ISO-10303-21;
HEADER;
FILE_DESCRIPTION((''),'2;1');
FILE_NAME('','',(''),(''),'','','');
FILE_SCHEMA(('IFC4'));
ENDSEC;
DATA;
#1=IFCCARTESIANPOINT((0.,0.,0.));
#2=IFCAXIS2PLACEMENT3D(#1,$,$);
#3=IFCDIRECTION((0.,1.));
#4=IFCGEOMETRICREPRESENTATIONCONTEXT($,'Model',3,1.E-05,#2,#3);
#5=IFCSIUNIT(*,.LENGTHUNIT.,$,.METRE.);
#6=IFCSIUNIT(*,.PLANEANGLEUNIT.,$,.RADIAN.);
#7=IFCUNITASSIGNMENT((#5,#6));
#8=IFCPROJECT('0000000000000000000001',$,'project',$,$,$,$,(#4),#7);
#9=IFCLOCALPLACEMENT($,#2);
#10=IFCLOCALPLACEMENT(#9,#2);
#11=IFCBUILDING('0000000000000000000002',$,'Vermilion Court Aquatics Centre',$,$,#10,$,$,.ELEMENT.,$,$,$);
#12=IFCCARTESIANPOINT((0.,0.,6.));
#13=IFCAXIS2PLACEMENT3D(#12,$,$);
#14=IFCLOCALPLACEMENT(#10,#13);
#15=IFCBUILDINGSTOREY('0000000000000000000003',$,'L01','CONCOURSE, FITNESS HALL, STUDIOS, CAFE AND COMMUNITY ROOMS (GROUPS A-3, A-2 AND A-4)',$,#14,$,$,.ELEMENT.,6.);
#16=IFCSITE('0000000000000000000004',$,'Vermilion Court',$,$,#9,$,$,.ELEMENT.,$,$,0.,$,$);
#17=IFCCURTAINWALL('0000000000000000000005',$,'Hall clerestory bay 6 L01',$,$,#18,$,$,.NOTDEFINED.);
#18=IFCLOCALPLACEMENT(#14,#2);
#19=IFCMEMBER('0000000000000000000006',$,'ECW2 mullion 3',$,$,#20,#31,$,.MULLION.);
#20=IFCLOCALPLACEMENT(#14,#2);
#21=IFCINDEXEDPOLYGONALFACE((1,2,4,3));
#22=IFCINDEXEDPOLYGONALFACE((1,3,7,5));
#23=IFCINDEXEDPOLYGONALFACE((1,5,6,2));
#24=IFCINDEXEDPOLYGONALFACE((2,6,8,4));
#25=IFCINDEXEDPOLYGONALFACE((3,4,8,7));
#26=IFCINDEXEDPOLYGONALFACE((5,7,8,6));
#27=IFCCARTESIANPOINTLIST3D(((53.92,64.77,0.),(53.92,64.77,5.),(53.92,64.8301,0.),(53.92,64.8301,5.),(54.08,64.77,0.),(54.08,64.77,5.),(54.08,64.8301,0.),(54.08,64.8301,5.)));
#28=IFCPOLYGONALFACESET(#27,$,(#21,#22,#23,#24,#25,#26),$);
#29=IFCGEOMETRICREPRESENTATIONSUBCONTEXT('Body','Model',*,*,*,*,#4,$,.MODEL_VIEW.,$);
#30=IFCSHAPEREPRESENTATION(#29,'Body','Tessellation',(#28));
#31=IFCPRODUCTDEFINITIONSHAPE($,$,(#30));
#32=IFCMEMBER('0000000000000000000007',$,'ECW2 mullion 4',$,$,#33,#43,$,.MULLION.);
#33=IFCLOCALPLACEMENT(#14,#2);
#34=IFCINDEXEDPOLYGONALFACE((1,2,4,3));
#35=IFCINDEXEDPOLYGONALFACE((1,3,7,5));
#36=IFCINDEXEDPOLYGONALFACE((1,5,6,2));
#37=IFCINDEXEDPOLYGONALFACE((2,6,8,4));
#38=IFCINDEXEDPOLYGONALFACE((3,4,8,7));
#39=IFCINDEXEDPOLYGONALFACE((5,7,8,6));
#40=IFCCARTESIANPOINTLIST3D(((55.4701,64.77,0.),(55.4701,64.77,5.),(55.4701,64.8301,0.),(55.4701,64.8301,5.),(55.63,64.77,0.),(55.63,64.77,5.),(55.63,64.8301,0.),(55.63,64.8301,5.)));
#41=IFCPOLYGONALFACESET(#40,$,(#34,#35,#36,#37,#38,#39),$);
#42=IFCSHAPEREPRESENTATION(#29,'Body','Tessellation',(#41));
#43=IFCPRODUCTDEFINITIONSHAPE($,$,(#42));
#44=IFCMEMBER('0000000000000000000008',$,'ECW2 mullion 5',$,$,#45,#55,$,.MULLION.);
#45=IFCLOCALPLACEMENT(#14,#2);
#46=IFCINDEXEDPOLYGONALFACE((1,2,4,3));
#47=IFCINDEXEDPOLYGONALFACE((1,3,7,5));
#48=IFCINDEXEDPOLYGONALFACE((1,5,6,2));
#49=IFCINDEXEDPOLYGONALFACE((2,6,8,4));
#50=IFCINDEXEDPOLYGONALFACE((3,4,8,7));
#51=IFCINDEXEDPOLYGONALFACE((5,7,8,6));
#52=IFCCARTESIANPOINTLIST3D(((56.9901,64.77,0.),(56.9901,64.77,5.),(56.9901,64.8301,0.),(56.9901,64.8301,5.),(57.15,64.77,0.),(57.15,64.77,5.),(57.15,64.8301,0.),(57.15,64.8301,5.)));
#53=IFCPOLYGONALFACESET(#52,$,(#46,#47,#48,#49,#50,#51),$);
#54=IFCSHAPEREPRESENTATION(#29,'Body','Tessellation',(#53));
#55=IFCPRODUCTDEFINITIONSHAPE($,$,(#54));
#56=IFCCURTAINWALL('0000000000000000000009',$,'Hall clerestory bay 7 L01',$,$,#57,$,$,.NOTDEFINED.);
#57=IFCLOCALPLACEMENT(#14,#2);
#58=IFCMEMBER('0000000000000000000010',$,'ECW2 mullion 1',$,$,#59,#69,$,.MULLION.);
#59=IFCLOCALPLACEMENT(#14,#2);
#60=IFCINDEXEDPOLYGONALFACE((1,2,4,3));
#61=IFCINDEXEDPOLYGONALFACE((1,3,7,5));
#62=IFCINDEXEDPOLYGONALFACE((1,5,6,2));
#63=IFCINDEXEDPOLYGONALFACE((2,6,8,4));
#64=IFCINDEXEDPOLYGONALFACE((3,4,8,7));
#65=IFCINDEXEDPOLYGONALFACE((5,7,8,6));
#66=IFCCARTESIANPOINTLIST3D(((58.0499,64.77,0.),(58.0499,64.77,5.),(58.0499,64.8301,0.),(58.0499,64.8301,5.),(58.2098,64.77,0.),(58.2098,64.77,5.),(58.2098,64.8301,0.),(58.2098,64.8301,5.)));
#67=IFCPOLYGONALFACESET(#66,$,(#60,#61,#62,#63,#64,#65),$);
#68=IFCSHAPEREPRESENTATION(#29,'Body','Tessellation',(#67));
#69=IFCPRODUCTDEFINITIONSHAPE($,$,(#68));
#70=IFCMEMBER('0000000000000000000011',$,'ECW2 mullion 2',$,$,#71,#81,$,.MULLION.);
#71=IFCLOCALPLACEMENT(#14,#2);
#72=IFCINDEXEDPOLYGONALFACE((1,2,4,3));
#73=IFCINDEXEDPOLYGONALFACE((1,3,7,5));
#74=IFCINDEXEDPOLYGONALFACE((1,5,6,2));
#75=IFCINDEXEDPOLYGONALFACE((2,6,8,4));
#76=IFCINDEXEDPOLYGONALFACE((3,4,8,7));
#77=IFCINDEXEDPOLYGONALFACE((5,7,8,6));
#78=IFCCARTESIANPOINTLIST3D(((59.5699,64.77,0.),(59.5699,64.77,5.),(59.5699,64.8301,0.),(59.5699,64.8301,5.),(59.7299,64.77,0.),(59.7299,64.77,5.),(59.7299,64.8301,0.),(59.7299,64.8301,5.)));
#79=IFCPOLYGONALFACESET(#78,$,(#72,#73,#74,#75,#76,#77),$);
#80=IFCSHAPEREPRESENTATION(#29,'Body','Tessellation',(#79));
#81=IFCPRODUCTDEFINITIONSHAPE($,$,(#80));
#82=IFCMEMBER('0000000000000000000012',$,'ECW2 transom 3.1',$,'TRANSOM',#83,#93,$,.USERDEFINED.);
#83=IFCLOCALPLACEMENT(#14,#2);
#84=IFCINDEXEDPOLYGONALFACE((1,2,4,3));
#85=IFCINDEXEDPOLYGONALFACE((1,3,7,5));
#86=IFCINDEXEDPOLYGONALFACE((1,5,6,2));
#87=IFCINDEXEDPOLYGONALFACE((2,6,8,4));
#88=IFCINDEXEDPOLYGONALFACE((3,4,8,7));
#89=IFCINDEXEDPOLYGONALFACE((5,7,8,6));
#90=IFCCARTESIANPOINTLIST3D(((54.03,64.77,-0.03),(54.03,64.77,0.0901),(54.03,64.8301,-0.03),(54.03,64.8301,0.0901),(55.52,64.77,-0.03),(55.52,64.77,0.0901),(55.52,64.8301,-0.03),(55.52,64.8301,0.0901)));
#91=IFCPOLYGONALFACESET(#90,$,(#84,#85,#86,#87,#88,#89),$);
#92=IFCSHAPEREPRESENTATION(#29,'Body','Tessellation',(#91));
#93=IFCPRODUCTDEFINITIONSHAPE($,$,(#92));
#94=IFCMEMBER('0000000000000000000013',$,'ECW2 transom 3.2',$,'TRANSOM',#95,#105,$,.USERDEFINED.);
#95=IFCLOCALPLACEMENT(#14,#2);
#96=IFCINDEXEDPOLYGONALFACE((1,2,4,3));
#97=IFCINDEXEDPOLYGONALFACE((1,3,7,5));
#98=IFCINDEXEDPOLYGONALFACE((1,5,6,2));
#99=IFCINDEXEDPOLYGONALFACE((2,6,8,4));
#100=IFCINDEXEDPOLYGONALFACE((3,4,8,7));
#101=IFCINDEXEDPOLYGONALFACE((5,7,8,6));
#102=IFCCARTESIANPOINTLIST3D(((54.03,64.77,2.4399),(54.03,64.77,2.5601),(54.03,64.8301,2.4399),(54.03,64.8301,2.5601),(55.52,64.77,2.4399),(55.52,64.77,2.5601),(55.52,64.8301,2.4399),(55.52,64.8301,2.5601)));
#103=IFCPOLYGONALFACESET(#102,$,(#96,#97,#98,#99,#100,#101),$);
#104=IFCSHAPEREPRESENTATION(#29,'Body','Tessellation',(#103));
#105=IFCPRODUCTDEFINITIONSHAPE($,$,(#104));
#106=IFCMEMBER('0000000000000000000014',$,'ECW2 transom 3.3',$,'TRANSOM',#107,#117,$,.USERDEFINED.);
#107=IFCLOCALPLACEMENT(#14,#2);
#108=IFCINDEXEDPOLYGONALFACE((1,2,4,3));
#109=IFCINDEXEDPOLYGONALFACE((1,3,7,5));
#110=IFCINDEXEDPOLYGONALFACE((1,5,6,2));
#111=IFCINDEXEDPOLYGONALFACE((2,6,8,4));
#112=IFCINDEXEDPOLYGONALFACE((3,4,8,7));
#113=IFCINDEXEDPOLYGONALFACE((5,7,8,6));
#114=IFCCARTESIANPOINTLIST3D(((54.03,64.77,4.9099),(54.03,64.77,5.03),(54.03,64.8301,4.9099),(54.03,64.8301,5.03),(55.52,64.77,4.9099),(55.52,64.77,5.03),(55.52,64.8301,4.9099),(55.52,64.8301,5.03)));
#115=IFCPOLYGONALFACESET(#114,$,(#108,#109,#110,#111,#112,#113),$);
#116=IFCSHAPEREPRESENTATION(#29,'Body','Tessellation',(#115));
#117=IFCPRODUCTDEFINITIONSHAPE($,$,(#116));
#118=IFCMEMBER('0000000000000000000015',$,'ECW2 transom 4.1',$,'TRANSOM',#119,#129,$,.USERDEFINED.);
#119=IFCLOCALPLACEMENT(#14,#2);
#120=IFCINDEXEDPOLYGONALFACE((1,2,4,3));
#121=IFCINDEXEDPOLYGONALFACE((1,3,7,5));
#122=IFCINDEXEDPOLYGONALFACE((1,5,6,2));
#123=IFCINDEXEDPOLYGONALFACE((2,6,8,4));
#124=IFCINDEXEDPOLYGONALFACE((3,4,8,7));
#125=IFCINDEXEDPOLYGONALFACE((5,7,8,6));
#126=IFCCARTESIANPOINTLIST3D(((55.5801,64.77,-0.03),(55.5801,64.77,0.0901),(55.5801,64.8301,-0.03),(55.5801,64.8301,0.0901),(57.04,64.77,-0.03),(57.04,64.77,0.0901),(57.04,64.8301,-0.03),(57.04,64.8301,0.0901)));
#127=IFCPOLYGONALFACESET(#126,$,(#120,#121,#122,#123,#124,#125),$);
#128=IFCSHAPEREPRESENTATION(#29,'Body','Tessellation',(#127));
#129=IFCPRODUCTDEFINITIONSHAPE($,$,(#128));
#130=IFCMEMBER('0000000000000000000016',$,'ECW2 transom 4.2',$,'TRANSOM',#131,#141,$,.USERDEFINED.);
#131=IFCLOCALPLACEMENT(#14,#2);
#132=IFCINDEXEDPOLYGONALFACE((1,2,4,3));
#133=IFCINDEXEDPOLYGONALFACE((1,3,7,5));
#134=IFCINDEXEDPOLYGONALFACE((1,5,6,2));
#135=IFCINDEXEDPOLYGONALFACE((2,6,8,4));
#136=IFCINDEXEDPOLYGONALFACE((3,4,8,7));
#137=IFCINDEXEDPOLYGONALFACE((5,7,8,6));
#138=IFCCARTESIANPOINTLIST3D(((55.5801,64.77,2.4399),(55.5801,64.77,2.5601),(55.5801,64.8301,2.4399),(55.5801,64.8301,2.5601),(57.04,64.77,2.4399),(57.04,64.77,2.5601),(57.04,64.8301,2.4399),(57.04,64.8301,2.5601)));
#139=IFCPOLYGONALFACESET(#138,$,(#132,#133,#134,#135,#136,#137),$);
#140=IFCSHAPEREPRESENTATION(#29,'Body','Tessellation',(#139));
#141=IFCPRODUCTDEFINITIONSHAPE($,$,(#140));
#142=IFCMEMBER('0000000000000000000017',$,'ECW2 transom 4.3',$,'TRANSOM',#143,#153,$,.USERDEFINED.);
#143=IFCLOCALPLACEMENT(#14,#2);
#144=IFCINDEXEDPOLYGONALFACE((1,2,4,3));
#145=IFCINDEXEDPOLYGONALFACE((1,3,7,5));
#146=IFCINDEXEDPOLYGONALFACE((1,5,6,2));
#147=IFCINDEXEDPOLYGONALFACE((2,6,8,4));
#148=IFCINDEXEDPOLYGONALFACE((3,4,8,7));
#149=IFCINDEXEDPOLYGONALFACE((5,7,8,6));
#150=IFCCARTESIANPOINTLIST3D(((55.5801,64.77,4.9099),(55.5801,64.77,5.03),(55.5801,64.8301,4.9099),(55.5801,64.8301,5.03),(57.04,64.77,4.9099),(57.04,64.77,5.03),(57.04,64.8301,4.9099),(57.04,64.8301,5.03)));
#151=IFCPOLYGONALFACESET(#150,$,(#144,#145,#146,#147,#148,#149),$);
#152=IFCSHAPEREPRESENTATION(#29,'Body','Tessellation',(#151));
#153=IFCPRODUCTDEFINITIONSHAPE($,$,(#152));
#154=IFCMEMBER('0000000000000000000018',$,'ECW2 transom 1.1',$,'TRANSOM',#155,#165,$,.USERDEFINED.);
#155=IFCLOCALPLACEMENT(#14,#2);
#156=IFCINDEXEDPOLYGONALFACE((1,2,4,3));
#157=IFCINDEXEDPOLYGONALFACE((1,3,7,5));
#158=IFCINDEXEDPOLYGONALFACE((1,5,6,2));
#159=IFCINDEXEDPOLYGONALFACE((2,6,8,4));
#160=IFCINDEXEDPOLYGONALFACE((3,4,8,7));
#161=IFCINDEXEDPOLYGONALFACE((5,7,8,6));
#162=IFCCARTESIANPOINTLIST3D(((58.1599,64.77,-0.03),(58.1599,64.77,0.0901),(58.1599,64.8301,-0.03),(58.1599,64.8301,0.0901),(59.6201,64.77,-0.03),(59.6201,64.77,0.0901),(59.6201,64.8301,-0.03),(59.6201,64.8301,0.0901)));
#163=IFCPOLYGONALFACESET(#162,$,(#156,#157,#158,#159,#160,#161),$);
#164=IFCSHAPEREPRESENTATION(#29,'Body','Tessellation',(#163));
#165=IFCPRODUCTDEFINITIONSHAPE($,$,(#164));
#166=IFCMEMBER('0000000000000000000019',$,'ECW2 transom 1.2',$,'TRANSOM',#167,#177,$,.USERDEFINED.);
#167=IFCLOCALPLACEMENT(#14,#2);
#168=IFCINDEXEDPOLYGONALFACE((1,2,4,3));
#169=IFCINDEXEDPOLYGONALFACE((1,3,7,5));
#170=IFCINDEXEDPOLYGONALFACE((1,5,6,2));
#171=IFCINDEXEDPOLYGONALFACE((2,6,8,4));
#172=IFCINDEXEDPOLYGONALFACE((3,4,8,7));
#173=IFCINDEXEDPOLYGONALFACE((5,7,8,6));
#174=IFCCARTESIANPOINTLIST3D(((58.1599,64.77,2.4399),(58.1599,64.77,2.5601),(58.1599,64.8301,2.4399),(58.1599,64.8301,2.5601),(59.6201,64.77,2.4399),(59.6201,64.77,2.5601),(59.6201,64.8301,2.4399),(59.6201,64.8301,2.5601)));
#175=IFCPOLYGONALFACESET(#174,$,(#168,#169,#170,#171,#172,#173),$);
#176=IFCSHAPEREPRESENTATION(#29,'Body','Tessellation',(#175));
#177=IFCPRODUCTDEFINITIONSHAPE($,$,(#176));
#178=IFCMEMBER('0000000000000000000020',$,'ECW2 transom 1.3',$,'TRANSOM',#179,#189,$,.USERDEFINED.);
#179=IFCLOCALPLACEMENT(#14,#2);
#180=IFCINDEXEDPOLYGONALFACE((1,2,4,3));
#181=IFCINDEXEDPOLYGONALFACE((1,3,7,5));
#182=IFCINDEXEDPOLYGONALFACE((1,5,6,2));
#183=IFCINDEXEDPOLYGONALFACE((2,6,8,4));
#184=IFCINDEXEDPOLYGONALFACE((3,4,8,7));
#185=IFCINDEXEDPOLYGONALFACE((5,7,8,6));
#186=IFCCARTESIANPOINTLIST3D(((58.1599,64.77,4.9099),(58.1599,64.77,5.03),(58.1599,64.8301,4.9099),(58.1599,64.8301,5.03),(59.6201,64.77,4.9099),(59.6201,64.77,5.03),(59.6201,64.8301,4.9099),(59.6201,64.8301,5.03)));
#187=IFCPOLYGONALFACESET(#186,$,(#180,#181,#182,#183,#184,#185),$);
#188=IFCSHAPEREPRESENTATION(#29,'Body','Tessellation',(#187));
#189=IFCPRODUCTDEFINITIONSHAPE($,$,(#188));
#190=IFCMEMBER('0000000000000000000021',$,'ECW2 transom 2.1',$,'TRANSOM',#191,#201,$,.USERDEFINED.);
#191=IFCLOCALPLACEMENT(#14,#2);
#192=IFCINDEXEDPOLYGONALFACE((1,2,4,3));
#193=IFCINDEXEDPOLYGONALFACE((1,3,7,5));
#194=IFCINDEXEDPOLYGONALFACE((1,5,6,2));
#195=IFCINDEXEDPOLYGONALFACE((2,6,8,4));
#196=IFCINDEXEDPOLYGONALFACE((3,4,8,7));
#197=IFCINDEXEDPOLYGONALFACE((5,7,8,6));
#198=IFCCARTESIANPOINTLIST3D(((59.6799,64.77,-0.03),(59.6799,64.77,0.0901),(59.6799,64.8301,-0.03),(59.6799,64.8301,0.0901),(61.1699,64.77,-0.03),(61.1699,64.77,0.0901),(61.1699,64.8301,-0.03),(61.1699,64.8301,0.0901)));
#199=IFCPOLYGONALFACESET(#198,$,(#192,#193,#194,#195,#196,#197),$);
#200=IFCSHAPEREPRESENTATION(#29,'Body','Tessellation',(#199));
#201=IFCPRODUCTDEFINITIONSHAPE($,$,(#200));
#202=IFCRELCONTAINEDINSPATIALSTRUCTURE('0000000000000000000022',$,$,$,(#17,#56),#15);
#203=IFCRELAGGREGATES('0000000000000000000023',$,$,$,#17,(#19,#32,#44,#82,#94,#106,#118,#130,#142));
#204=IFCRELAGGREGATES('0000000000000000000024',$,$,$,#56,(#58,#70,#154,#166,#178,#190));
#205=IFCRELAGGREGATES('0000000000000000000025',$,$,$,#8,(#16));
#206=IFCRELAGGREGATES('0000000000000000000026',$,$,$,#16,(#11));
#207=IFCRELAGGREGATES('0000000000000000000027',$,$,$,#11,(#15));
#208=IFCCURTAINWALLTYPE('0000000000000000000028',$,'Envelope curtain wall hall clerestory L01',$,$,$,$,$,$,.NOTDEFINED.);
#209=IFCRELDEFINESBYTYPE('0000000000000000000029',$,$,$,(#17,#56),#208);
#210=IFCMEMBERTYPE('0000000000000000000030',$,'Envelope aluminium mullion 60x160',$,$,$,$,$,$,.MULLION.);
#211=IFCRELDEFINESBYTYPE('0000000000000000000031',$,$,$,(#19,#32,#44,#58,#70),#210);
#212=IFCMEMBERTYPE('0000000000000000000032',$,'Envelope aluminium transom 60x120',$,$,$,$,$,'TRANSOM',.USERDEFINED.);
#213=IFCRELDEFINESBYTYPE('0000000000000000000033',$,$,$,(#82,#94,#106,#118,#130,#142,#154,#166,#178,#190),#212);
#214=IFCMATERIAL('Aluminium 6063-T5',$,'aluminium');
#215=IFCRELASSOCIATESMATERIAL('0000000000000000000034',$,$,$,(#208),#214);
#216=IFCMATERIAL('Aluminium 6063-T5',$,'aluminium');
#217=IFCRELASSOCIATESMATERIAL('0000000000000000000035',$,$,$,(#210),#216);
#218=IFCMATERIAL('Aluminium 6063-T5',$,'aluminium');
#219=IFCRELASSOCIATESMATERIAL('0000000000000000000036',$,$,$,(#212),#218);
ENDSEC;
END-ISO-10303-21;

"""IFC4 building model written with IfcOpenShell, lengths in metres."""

from ifc_helpers import new_model, si_unit, direction, frame, origin, origin_2d, place, context, subcontext, project, spatial, rectangle, extrude, material, material_profile, profile_set, type_object, element, aggregate, save


model = new_model("IFC4")

# Units and contexts
model_context = context("Model", 3, precision=1e-05, world=origin(), true_north=direction((0.0, 1.0)))
body_context = subcontext(model_context, "Body", "Model", "MODEL_VIEW")
ifc_project = project(units=[si_unit("LENGTHUNIT", "METRE"), si_unit("PLANEANGLEUNIT", "RADIAN")], contexts=[model_context])

# Site, building, storey
site_placement = place(None, origin())
site = spatial("IfcSite", under=ifc_project, at=site_placement, Name="Vermilion Court", CompositionType="ELEMENT", RefElevation=0.0)
building_placement = place(site_placement, origin())
building = spatial("IfcBuilding", under=site, at=building_placement, Name="Vermilion Court Aquatics Centre", CompositionType="ELEMENT")
storey_placement = place(building_placement, frame((0.0, 0.0, 6.0)))
storey = spatial("IfcBuildingStorey", under=building, at=storey_placement, Name="L01", Description="CONCOURSE, FITNESS HALL, STUDIOS, CAFE AND COMMUNITY ROOMS (GROUPS A-3, A-2 AND A-4)", CompositionType="ELEMENT", Elevation=6.0)

# Curtain walls, members
ifc_material_1 = material(Name="Aluminium 6063-T5", Category="aluminium")
curtain_wall_type = type_object("IfcCurtainWallType", Name="Envelope curtain wall hall clerestory L01", PredefinedType="NOTDEFINED", material=ifc_material_1)
curtain_wall_1_placement = place(storey_placement, origin())
curtain_wall_1 = element("IfcCurtainWall", 1, at=curtain_wall_1_placement, inside=storey, type_object=curtain_wall_type, Name="Hall clerestory bay 6 L01", PredefinedType="NOTDEFINED")
ifc_material_2 = material(Name="Aluminium 6063-T5", Category="aluminium")
ifc_material_profile_1 = material_profile(ifc_material_2, rectangle(XDim=0.0601, YDim=0.1599, at=origin_2d()), Name="AL 60x160")
ifc_profile_set_1 = profile_set([ifc_material_profile_1], Name="Aluminium 6063-T5")
member_type_1 = type_object("IfcMemberType", Name="Envelope aluminium mullion 60x160", PredefinedType="MULLION", material=ifc_profile_set_1)
member_1_placement = place(storey_placement, frame((54.0, 64.8, 0.0), z_axis=(0.0, 0.0, 1.0), x_axis=(0.0, 1.0, 0.0)))
member_1 = element("IfcMember", 2, at=member_1_placement, type_object=member_type_1, Name="ECW2 mullion 3", PredefinedType="MULLION", context=body_context, shape_type="SweptSolid", body=[
    extrude(rectangle(XDim=0.0601, YDim=0.1599, at=origin_2d()), origin(), (0.0, 0.0, 1.0), 5.0),
])
member_2_placement = place(storey_placement, frame((55.55, 64.8, 0.0), z_axis=(0.0, 0.0, 1.0), x_axis=(0.0, 1.0, 0.0)))
member_2 = element("IfcMember", 3, at=member_2_placement, type_object=member_type_1, Name="ECW2 mullion 4", PredefinedType="MULLION", context=body_context, shape_type="SweptSolid", body=[
    extrude(rectangle(XDim=0.0601, YDim=0.1599, at=origin_2d()), origin(), (0.0, 0.0, 1.0), 5.0),
])
member_3_placement = place(storey_placement, frame((57.0701, 64.8, 0.0), z_axis=(0.0, 0.0, 1.0), x_axis=(0.0, 1.0, 0.0)))
member_3 = element("IfcMember", 4, at=member_3_placement, type_object=member_type_1, Name="ECW2 mullion 5", PredefinedType="MULLION", context=body_context, shape_type="SweptSolid", body=[
    extrude(rectangle(XDim=0.0601, YDim=0.1599, at=origin_2d()), origin(), (0.0, 0.0, 1.0), 5.0),
])
curtain_wall_2_placement = place(storey_placement, origin())
curtain_wall_2 = element("IfcCurtainWall", 5, at=curtain_wall_2_placement, inside=storey, type_object=curtain_wall_type, Name="Hall clerestory bay 7 L01", PredefinedType="NOTDEFINED")
member_4_placement = place(storey_placement, frame((58.1299, 64.8, 0.0), z_axis=(0.0, 0.0, 1.0), x_axis=(0.0, 1.0, 0.0)))
member_4 = element("IfcMember", 6, at=member_4_placement, type_object=member_type_1, Name="ECW2 mullion 1", PredefinedType="MULLION", context=body_context, shape_type="SweptSolid", body=[
    extrude(rectangle(XDim=0.0601, YDim=0.1599, at=origin_2d()), origin(), (0.0, 0.0, 1.0), 5.0),
])
member_5_placement = place(storey_placement, frame((59.6499, 64.8, 0.0), z_axis=(0.0, 0.0, 1.0), x_axis=(0.0, 1.0, 0.0)))
member_5 = element("IfcMember", 7, at=member_5_placement, type_object=member_type_1, Name="ECW2 mullion 2", PredefinedType="MULLION", context=body_context, shape_type="SweptSolid", body=[
    extrude(rectangle(XDim=0.0601, YDim=0.1599, at=origin_2d()), origin(), (0.0, 0.0, 1.0), 5.0),
])

# Members
ifc_material_3 = material(Name="Aluminium 6063-T5", Category="aluminium")
ifc_material_profile_2 = material_profile(ifc_material_3, rectangle(XDim=0.0601, YDim=0.1201, at=origin_2d()), Name="AL 60x120")
ifc_profile_set_2 = profile_set([ifc_material_profile_2], Name="Aluminium 6063-T5")
member_type_2 = type_object("IfcMemberType", Name="Envelope aluminium transom 60x120", ElementType="TRANSOM", PredefinedType="USERDEFINED", material=ifc_profile_set_2)
member_6_placement = place(storey_placement, frame((54.03, 64.8, 0.03), z_axis=(1.0, 0.0, 0.0), x_axis=(0.0, 1.0, 0.0)))
member_6 = element("IfcMember", 8, at=member_6_placement, type_object=member_type_2, Name="ECW2 transom 3.1", ObjectType="TRANSOM", PredefinedType="USERDEFINED", context=body_context, shape_type="SweptSolid", body=[
    extrude(rectangle(XDim=0.0601, YDim=0.1201, at=origin_2d()), origin(), (0.0, 0.0, 1.0), 1.49),
])
member_7_placement = place(storey_placement, frame((54.03, 64.8, 2.5), z_axis=(1.0, 0.0, 0.0), x_axis=(0.0, 1.0, 0.0)))
member_7 = element("IfcMember", 9, at=member_7_placement, type_object=member_type_2, Name="ECW2 transom 3.2", ObjectType="TRANSOM", PredefinedType="USERDEFINED", context=body_context, shape_type="SweptSolid", body=[
    extrude(rectangle(XDim=0.0601, YDim=0.1201, at=origin_2d()), origin(), (0.0, 0.0, 1.0), 1.49),
])
member_8_placement = place(storey_placement, frame((54.03, 64.8, 4.97), z_axis=(1.0, 0.0, 0.0), x_axis=(0.0, 1.0, 0.0)))
member_8 = element("IfcMember", 10, at=member_8_placement, type_object=member_type_2, Name="ECW2 transom 3.3", ObjectType="TRANSOM", PredefinedType="USERDEFINED", context=body_context, shape_type="SweptSolid", body=[
    extrude(rectangle(XDim=0.0601, YDim=0.1201, at=origin_2d()), origin(), (0.0, 0.0, 1.0), 1.49),
])
member_9_placement = place(storey_placement, frame((55.5801, 64.8, 0.03), z_axis=(1.0, 0.0, 0.0), x_axis=(0.0, 1.0, 0.0)))
member_9 = element("IfcMember", 11, at=member_9_placement, type_object=member_type_2, Name="ECW2 transom 4.1", ObjectType="TRANSOM", PredefinedType="USERDEFINED", context=body_context, shape_type="SweptSolid", body=[
    extrude(rectangle(XDim=0.0601, YDim=0.1201, at=origin_2d()), origin(), (0.0, 0.0, 1.0), 1.46),
])
member_10_placement = place(storey_placement, frame((55.5801, 64.8, 2.5), z_axis=(1.0, 0.0, 0.0), x_axis=(0.0, 1.0, 0.0)))
member_10 = element("IfcMember", 12, at=member_10_placement, type_object=member_type_2, Name="ECW2 transom 4.2", ObjectType="TRANSOM", PredefinedType="USERDEFINED", context=body_context, shape_type="SweptSolid", body=[
    extrude(rectangle(XDim=0.0601, YDim=0.1201, at=origin_2d()), origin(), (0.0, 0.0, 1.0), 1.46),
])
member_11_placement = place(storey_placement, frame((55.5801, 64.8, 4.97), z_axis=(1.0, 0.0, 0.0), x_axis=(0.0, 1.0, 0.0)))
member_11 = element("IfcMember", 13, at=member_11_placement, type_object=member_type_2, Name="ECW2 transom 4.3", ObjectType="TRANSOM", PredefinedType="USERDEFINED", context=body_context, shape_type="SweptSolid", body=[
    extrude(rectangle(XDim=0.0601, YDim=0.1201, at=origin_2d()), origin(), (0.0, 0.0, 1.0), 1.46),
])
member_12_placement = place(storey_placement, frame((58.1599, 64.8, 0.03), z_axis=(1.0, 0.0, 0.0), x_axis=(0.0, 1.0, 0.0)))
member_12 = element("IfcMember", 14, at=member_12_placement, type_object=member_type_2, Name="ECW2 transom 1.1", ObjectType="TRANSOM", PredefinedType="USERDEFINED", context=body_context, shape_type="SweptSolid", body=[
    extrude(rectangle(XDim=0.0601, YDim=0.1201, at=origin_2d()), origin(), (0.0, 0.0, 1.0), 1.4602),
])
member_13_placement = place(storey_placement, frame((58.1599, 64.8, 2.5), z_axis=(1.0, 0.0, 0.0), x_axis=(0.0, 1.0, 0.0)))
member_13 = element("IfcMember", 15, at=member_13_placement, type_object=member_type_2, Name="ECW2 transom 1.2", ObjectType="TRANSOM", PredefinedType="USERDEFINED", context=body_context, shape_type="SweptSolid", body=[
    extrude(rectangle(XDim=0.0601, YDim=0.1201, at=origin_2d()), origin(), (0.0, 0.0, 1.0), 1.4602),
])
member_14_placement = place(storey_placement, frame((58.1599, 64.8, 4.97), z_axis=(1.0, 0.0, 0.0), x_axis=(0.0, 1.0, 0.0)))
member_14 = element("IfcMember", 16, at=member_14_placement, type_object=member_type_2, Name="ECW2 transom 1.3", ObjectType="TRANSOM", PredefinedType="USERDEFINED", context=body_context, shape_type="SweptSolid", body=[
    extrude(rectangle(XDim=0.0601, YDim=0.1201, at=origin_2d()), origin(), (0.0, 0.0, 1.0), 1.4602),
])
member_15_placement = place(storey_placement, frame((59.6799, 64.8, 0.03), z_axis=(1.0, 0.0, 0.0), x_axis=(0.0, 1.0, 0.0)))
member_15 = element("IfcMember", 17, at=member_15_placement, type_object=member_type_2, Name="ECW2 transom 2.1", ObjectType="TRANSOM", PredefinedType="USERDEFINED", context=body_context, shape_type="SweptSolid", body=[
    extrude(rectangle(XDim=0.0601, YDim=0.1201, at=origin_2d()), origin(), (0.0, 0.0, 1.0), 1.49),
])

aggregate(curtain_wall_1, [member_1, member_2, member_3, member_6, member_7, member_8, member_9, member_10, member_11])
aggregate(curtain_wall_2, [member_4, member_5, member_12, member_13, member_14, member_15])

save(model, "model.ifc")
